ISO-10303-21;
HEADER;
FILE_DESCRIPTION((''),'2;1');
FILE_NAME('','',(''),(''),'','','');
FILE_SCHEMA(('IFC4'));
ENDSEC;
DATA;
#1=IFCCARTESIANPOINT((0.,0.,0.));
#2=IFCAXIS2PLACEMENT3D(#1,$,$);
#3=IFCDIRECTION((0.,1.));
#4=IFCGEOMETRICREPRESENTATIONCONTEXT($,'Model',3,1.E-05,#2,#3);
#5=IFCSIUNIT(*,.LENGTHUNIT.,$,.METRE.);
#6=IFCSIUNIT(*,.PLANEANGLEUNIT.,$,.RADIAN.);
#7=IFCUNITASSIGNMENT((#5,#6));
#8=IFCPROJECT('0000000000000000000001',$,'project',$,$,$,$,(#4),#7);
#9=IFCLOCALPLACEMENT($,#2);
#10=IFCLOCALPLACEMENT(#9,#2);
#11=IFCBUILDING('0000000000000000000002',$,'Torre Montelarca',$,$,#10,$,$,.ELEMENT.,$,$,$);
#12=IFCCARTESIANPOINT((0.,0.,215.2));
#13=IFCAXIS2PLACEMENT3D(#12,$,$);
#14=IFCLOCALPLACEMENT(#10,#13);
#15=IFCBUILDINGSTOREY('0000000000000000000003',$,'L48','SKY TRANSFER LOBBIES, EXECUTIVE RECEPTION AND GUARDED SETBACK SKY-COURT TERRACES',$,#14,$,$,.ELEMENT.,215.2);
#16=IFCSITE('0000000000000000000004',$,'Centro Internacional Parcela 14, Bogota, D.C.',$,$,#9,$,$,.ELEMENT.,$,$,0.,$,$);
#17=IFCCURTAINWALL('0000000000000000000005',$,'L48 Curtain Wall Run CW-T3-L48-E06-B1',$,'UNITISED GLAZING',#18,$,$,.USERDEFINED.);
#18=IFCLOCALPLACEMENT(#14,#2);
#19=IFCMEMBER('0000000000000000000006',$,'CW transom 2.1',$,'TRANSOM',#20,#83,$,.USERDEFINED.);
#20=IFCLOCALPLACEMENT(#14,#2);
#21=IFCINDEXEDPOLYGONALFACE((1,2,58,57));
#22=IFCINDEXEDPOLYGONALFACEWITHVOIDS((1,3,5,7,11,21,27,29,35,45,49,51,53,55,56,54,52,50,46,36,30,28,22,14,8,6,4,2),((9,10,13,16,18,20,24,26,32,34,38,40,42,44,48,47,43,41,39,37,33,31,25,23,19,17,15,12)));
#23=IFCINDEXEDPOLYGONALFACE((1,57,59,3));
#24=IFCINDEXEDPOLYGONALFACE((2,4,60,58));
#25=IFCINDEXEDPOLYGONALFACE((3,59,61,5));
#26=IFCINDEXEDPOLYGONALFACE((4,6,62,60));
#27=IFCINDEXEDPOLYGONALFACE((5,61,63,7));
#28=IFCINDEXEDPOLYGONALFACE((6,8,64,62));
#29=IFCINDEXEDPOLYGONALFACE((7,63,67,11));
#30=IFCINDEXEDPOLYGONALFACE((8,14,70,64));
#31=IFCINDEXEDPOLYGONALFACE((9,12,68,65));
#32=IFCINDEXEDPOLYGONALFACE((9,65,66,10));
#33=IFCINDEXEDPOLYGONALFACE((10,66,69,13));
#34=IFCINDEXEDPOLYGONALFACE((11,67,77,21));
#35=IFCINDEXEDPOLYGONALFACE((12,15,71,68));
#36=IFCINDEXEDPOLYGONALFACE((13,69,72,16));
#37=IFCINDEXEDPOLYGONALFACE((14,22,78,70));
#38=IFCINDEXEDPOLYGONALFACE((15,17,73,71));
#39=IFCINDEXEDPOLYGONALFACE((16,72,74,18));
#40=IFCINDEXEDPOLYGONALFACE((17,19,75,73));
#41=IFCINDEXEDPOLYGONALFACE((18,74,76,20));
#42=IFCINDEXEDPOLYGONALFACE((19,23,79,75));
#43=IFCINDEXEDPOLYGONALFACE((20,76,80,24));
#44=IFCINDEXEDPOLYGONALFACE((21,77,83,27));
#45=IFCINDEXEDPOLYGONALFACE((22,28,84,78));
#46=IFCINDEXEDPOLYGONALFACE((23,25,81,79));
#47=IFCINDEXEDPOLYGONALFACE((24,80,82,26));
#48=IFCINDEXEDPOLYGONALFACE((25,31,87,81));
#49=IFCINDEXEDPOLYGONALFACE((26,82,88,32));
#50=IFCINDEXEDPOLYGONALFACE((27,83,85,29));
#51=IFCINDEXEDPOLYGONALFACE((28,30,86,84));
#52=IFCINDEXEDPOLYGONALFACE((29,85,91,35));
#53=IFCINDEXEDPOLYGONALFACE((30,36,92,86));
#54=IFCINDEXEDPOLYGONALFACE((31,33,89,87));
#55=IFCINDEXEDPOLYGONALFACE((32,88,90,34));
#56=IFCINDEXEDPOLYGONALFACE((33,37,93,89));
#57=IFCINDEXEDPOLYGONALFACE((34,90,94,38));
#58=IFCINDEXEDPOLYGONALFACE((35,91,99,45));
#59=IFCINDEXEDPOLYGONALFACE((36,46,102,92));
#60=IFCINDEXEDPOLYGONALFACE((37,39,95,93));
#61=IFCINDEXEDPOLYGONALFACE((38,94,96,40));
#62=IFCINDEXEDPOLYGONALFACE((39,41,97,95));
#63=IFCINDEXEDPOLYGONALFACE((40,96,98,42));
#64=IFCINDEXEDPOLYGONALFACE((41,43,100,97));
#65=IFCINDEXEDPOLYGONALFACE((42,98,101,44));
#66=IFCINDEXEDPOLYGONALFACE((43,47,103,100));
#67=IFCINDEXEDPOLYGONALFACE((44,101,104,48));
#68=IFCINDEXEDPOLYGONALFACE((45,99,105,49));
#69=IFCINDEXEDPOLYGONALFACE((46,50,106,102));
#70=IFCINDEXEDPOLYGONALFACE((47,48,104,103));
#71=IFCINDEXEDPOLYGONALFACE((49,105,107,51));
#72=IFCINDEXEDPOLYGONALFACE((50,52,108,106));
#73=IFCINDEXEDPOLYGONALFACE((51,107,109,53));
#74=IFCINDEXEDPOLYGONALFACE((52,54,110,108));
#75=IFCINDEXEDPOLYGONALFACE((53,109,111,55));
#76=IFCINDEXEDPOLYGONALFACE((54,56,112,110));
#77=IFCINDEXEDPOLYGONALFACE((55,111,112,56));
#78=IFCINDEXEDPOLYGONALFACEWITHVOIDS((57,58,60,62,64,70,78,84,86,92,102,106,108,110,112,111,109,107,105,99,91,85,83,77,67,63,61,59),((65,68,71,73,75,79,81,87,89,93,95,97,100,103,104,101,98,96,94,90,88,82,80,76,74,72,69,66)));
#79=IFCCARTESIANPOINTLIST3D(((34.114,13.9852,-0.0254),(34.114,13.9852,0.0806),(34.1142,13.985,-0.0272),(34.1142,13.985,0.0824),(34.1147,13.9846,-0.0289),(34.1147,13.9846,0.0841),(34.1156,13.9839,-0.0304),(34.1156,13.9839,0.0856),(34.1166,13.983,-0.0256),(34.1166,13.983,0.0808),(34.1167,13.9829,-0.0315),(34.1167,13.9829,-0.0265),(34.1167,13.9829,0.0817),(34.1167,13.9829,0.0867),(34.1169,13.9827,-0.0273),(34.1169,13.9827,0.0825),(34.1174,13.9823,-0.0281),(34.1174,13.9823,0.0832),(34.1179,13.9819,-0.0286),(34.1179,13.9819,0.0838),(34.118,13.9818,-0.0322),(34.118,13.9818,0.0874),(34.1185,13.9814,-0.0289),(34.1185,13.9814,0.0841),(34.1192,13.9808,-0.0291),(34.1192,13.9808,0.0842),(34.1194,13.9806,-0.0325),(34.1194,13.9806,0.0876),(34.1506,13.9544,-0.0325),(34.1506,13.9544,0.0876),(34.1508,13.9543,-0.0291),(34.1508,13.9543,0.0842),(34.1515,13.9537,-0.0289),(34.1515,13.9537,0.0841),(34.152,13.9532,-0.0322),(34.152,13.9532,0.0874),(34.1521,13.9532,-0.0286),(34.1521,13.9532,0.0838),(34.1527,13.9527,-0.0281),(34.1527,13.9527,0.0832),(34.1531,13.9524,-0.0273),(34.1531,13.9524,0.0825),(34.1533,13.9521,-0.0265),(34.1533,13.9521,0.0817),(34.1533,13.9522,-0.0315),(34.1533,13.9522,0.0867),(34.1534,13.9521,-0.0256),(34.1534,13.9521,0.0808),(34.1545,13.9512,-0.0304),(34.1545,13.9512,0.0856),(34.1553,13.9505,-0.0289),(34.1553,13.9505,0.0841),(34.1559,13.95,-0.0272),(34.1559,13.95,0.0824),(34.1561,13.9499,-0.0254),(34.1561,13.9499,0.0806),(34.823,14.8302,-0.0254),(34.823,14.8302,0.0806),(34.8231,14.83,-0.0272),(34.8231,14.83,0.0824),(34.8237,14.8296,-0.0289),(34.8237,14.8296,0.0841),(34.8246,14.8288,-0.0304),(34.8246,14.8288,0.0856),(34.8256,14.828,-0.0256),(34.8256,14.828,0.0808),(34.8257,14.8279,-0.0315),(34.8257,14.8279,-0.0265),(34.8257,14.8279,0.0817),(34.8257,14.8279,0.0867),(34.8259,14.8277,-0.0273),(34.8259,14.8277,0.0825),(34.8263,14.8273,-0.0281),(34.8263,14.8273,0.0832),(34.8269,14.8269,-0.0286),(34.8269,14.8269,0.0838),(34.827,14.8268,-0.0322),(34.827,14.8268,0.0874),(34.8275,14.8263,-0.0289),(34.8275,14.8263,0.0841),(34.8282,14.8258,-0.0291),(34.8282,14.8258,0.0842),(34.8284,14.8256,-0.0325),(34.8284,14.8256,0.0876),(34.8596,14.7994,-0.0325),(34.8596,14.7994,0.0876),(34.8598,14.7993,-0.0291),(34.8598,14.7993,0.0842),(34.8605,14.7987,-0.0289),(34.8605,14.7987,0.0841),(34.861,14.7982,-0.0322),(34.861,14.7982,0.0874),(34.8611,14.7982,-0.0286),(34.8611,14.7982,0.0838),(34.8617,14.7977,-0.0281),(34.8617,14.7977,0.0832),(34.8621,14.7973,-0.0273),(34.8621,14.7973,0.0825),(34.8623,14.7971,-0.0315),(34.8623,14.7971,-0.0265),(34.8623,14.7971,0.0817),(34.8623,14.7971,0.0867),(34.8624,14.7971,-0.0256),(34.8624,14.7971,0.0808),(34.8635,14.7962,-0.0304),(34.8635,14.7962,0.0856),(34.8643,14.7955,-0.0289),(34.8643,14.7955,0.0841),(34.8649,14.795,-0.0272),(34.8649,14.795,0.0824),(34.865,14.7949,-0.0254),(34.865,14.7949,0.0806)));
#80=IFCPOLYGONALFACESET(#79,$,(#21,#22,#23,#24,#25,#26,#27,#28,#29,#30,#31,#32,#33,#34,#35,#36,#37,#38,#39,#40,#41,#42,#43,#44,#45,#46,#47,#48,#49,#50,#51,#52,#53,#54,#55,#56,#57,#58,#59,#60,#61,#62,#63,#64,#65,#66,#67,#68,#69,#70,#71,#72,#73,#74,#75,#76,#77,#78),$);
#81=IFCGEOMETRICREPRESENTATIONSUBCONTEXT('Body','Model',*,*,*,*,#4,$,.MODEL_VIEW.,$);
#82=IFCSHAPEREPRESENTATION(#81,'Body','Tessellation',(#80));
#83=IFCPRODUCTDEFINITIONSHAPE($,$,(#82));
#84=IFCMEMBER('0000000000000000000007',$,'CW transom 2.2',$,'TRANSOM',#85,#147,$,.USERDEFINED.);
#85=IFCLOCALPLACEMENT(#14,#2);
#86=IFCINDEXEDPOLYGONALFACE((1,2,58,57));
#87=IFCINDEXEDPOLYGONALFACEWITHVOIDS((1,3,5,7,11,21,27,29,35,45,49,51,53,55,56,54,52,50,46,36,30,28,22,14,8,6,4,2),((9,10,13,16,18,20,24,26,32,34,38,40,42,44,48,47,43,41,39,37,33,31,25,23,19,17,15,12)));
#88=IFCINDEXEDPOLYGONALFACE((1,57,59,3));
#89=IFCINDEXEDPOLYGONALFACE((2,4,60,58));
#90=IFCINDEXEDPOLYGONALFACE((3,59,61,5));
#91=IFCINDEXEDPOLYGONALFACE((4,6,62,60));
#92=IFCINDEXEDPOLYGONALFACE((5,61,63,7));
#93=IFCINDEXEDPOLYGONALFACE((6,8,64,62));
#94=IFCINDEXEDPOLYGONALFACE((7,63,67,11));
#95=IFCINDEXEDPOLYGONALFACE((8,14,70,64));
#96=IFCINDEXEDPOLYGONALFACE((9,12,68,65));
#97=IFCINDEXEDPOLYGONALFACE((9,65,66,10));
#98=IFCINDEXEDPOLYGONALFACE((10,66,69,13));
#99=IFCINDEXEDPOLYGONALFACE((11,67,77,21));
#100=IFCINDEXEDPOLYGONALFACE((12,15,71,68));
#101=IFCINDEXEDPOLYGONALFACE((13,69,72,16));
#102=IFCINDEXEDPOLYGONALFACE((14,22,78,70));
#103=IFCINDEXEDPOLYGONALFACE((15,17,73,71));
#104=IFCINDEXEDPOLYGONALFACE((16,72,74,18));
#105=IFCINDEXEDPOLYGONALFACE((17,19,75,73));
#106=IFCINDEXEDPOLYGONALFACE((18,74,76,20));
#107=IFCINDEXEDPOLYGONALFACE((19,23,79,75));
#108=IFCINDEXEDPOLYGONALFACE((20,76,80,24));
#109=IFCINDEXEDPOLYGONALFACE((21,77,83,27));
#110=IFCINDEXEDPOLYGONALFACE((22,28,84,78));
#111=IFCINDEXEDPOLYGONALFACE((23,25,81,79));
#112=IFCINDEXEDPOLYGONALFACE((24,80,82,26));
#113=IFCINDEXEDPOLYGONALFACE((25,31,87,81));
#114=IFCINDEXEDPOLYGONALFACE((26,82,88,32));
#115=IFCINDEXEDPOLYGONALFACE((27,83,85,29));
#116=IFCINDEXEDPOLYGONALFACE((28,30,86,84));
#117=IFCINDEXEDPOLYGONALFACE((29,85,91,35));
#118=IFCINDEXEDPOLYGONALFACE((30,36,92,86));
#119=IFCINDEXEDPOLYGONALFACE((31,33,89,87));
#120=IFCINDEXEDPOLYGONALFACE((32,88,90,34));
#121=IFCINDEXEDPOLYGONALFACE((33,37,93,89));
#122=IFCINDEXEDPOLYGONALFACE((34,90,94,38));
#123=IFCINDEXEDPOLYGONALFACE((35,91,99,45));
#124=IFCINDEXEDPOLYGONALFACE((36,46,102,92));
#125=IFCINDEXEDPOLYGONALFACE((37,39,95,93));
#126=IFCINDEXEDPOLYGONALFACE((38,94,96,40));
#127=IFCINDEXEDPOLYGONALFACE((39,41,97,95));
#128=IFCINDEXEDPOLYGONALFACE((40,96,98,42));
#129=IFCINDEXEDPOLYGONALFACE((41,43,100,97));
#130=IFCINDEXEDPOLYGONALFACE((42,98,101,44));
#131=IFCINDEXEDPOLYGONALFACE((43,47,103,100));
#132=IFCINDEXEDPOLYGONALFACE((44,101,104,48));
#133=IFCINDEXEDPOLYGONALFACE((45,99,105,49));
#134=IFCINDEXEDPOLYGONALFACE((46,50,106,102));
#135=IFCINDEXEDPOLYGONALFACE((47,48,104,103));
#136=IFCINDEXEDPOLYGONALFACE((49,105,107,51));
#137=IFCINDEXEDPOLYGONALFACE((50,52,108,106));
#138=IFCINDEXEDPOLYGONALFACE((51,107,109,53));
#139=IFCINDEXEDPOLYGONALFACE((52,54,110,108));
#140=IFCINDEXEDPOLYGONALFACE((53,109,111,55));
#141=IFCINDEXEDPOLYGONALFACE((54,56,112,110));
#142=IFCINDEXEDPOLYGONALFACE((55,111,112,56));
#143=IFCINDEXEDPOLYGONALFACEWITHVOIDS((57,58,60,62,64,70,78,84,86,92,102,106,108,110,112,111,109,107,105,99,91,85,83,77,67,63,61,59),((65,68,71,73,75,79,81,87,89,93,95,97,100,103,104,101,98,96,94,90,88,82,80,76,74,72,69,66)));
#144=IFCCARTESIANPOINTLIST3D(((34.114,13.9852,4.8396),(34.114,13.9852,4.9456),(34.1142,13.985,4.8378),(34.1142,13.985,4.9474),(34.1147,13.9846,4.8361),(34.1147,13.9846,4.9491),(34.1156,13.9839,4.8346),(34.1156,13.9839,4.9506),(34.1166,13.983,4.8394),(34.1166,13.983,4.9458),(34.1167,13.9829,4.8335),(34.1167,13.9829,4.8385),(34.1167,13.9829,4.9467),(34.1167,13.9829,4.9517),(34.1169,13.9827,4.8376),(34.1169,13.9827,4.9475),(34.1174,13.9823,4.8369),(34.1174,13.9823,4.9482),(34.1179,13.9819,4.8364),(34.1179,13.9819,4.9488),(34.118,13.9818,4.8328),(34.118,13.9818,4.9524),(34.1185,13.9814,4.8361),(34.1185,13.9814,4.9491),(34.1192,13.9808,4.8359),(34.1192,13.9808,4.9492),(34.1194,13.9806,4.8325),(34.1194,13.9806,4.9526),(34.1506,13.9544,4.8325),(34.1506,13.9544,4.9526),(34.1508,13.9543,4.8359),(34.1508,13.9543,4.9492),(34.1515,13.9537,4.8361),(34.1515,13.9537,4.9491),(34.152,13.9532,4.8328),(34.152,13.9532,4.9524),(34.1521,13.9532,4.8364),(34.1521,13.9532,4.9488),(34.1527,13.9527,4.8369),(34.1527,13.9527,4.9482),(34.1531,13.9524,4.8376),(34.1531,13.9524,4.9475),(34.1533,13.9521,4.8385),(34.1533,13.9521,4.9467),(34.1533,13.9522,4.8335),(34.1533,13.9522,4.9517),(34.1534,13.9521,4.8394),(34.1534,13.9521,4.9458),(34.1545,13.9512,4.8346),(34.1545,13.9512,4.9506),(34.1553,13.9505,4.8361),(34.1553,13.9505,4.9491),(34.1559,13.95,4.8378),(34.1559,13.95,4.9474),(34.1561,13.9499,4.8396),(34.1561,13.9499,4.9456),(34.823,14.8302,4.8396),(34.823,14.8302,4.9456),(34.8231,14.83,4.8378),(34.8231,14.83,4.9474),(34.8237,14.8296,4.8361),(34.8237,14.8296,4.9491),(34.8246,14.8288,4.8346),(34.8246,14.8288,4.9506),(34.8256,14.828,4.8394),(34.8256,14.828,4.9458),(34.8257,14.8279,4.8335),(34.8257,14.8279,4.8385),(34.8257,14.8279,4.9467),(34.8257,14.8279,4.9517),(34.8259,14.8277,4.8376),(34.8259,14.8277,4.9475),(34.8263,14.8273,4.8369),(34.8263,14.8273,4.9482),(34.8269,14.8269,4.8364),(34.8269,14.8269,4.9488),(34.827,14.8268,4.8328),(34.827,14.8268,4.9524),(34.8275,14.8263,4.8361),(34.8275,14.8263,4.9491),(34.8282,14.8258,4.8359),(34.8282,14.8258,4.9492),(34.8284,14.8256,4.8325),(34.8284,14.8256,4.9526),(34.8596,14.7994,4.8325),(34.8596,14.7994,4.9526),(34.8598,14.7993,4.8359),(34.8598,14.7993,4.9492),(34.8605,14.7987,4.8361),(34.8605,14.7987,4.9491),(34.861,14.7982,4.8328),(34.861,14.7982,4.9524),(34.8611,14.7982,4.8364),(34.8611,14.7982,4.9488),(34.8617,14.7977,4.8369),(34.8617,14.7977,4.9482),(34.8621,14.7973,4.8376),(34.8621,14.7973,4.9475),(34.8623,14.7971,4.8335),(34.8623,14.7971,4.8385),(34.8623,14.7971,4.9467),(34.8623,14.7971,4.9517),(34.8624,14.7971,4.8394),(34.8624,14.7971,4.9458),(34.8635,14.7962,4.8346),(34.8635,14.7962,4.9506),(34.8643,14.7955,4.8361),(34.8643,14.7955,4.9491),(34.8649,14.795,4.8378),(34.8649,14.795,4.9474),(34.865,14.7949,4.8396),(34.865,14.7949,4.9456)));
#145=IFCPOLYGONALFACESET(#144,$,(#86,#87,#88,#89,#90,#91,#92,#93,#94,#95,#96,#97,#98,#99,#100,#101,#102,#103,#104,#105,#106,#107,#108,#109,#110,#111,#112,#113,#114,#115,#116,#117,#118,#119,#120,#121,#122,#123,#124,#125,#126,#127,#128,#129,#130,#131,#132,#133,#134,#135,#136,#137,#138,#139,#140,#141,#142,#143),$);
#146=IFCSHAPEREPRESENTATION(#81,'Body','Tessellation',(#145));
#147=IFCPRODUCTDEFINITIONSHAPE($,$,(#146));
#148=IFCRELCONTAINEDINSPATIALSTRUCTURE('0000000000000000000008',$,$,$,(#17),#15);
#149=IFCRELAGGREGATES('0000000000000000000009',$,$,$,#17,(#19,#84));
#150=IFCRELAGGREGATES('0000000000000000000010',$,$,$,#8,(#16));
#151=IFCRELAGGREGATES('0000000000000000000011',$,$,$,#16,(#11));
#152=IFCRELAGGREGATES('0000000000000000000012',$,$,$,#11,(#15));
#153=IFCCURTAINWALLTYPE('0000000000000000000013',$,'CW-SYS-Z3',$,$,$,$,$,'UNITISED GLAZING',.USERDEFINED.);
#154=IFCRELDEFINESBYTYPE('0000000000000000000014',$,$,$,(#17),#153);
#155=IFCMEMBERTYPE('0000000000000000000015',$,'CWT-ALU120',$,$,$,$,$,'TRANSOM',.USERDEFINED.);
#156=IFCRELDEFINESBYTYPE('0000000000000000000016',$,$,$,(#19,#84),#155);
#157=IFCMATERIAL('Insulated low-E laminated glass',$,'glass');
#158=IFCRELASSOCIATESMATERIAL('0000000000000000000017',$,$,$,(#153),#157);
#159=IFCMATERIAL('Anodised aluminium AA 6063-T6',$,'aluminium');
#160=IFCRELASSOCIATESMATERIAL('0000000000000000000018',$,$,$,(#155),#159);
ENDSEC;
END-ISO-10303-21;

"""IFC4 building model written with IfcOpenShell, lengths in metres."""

from ifc_helpers import new_model, si_unit, direction, frame, origin, origin_2d, place, context, subcontext, project, spatial, hollow_rectangle, extrude, source, transform, mapped, material, material_profile, profile_set, type_object, element, aggregate, save


model = new_model("IFC4")

# Units and contexts
model_context = context("Model", 3, precision=1e-05, world=origin(), true_north=direction((0.0, 1.0)))
body_context = subcontext(model_context, "Body", "Model", "MODEL_VIEW")
ifc_project = project(units=[si_unit("LENGTHUNIT", "METRE"), si_unit("PLANEANGLEUNIT", "RADIAN")], contexts=[model_context])

# Site, building, storey
site_placement = place(None, origin())
site = spatial("IfcSite", under=ifc_project, at=site_placement, Name="Centro Internacional Parcela 14, Bogota, D.C.", CompositionType="ELEMENT", RefElevation=0.0)
building_placement = place(site_placement, origin())
building = spatial("IfcBuilding", under=site, at=building_placement, Name="Torre Montelarca", CompositionType="ELEMENT")
storey_placement = place(building_placement, frame((0.0, 0.0, 215.2)))
storey = spatial("IfcBuildingStorey", under=building, at=storey_placement, Name="L48", Description="SKY TRANSFER LOBBIES, EXECUTIVE RECEPTION AND GUARDED SETBACK SKY-COURT TERRACES", CompositionType="ELEMENT", Elevation=215.2)

# Curtain wall
ifc_material_1 = material(Name="Insulated low-E laminated glass", Category="glass")
curtain_wall_type = type_object("IfcCurtainWallType", Name="CW-SYS-Z3", ElementType="UNITISED GLAZING", PredefinedType="USERDEFINED", material=ifc_material_1)
curtain_wall_1_placement = place(storey_placement, origin())
curtain_wall_1 = element("IfcCurtainWall", 1, at=curtain_wall_1_placement, inside=storey, type_object=curtain_wall_type, Name="L48 Curtain Wall Run CW-T3-L48-E06-B1", ObjectType="UNITISED GLAZING", PredefinedType="USERDEFINED")
ifc_material_2 = material(Name="Anodised aluminium AA 6063-T6", Category="aluminium")

# Members
ifc_material_profile_1 = material_profile(ifc_material_2, hollow_rectangle(XDim=0.0549, YDim=0.1201, WallThickness=0.0034, InnerFilletRadius=0.0034, OuterFilletRadius=0.0071, at=origin_2d()), Name="ALU55X120X3.5", Category="aluminium")
ifc_profile_set_1 = profile_set([ifc_material_profile_1], Name="Anodised aluminium AA 6063-T6")
member_type_1 = type_object("IfcMemberType", Name="CWT-ALU120", ElementType="TRANSOM", PredefinedType="USERDEFINED", material=ifc_profile_set_1)
shared_shape_1 = source(origin(), body_context, "Body", "SweptSolid", [
    extrude(hollow_rectangle(XDim=0.0549, YDim=0.1201, WallThickness=0.0034, InnerFilletRadius=0.0034, OuterFilletRadius=0.0071, at=origin_2d()), origin(), (0.0, 0.0, 1.0), 1.103),
])
member_1_placement = place(storey_placement, frame((34.135, 13.9675, 0.0276), z_axis=(0.642772, 0.766058, 0.0), x_axis=(-0.766058, 0.642772, 0.0)))
member_1 = element("IfcMember", 2, at=member_1_placement, type_object=member_type_1, Name="CW transom 2.1", ObjectType="TRANSOM", PredefinedType="USERDEFINED", context=body_context, shape_type="MappedRepresentation", body=[
    mapped(shared_shape_1, transform((0.0, 0.0, 0.0), scale=1.0)),
])
member_2_placement = place(storey_placement, frame((34.135, 13.9675, 4.8926), z_axis=(0.642772, 0.766058, 0.0), x_axis=(-0.766058, 0.642772, 0.0)))
member_2 = element("IfcMember", 3, at=member_2_placement, type_object=member_type_1, Name="CW transom 2.2", ObjectType="TRANSOM", PredefinedType="USERDEFINED", context=body_context, shape_type="MappedRepresentation", body=[
    mapped(shared_shape_1, transform((0.0, 0.0, 0.0), scale=1.0)),
])

aggregate(curtain_wall_1, [member_1, member_2])

save(model, "model.ifc")
